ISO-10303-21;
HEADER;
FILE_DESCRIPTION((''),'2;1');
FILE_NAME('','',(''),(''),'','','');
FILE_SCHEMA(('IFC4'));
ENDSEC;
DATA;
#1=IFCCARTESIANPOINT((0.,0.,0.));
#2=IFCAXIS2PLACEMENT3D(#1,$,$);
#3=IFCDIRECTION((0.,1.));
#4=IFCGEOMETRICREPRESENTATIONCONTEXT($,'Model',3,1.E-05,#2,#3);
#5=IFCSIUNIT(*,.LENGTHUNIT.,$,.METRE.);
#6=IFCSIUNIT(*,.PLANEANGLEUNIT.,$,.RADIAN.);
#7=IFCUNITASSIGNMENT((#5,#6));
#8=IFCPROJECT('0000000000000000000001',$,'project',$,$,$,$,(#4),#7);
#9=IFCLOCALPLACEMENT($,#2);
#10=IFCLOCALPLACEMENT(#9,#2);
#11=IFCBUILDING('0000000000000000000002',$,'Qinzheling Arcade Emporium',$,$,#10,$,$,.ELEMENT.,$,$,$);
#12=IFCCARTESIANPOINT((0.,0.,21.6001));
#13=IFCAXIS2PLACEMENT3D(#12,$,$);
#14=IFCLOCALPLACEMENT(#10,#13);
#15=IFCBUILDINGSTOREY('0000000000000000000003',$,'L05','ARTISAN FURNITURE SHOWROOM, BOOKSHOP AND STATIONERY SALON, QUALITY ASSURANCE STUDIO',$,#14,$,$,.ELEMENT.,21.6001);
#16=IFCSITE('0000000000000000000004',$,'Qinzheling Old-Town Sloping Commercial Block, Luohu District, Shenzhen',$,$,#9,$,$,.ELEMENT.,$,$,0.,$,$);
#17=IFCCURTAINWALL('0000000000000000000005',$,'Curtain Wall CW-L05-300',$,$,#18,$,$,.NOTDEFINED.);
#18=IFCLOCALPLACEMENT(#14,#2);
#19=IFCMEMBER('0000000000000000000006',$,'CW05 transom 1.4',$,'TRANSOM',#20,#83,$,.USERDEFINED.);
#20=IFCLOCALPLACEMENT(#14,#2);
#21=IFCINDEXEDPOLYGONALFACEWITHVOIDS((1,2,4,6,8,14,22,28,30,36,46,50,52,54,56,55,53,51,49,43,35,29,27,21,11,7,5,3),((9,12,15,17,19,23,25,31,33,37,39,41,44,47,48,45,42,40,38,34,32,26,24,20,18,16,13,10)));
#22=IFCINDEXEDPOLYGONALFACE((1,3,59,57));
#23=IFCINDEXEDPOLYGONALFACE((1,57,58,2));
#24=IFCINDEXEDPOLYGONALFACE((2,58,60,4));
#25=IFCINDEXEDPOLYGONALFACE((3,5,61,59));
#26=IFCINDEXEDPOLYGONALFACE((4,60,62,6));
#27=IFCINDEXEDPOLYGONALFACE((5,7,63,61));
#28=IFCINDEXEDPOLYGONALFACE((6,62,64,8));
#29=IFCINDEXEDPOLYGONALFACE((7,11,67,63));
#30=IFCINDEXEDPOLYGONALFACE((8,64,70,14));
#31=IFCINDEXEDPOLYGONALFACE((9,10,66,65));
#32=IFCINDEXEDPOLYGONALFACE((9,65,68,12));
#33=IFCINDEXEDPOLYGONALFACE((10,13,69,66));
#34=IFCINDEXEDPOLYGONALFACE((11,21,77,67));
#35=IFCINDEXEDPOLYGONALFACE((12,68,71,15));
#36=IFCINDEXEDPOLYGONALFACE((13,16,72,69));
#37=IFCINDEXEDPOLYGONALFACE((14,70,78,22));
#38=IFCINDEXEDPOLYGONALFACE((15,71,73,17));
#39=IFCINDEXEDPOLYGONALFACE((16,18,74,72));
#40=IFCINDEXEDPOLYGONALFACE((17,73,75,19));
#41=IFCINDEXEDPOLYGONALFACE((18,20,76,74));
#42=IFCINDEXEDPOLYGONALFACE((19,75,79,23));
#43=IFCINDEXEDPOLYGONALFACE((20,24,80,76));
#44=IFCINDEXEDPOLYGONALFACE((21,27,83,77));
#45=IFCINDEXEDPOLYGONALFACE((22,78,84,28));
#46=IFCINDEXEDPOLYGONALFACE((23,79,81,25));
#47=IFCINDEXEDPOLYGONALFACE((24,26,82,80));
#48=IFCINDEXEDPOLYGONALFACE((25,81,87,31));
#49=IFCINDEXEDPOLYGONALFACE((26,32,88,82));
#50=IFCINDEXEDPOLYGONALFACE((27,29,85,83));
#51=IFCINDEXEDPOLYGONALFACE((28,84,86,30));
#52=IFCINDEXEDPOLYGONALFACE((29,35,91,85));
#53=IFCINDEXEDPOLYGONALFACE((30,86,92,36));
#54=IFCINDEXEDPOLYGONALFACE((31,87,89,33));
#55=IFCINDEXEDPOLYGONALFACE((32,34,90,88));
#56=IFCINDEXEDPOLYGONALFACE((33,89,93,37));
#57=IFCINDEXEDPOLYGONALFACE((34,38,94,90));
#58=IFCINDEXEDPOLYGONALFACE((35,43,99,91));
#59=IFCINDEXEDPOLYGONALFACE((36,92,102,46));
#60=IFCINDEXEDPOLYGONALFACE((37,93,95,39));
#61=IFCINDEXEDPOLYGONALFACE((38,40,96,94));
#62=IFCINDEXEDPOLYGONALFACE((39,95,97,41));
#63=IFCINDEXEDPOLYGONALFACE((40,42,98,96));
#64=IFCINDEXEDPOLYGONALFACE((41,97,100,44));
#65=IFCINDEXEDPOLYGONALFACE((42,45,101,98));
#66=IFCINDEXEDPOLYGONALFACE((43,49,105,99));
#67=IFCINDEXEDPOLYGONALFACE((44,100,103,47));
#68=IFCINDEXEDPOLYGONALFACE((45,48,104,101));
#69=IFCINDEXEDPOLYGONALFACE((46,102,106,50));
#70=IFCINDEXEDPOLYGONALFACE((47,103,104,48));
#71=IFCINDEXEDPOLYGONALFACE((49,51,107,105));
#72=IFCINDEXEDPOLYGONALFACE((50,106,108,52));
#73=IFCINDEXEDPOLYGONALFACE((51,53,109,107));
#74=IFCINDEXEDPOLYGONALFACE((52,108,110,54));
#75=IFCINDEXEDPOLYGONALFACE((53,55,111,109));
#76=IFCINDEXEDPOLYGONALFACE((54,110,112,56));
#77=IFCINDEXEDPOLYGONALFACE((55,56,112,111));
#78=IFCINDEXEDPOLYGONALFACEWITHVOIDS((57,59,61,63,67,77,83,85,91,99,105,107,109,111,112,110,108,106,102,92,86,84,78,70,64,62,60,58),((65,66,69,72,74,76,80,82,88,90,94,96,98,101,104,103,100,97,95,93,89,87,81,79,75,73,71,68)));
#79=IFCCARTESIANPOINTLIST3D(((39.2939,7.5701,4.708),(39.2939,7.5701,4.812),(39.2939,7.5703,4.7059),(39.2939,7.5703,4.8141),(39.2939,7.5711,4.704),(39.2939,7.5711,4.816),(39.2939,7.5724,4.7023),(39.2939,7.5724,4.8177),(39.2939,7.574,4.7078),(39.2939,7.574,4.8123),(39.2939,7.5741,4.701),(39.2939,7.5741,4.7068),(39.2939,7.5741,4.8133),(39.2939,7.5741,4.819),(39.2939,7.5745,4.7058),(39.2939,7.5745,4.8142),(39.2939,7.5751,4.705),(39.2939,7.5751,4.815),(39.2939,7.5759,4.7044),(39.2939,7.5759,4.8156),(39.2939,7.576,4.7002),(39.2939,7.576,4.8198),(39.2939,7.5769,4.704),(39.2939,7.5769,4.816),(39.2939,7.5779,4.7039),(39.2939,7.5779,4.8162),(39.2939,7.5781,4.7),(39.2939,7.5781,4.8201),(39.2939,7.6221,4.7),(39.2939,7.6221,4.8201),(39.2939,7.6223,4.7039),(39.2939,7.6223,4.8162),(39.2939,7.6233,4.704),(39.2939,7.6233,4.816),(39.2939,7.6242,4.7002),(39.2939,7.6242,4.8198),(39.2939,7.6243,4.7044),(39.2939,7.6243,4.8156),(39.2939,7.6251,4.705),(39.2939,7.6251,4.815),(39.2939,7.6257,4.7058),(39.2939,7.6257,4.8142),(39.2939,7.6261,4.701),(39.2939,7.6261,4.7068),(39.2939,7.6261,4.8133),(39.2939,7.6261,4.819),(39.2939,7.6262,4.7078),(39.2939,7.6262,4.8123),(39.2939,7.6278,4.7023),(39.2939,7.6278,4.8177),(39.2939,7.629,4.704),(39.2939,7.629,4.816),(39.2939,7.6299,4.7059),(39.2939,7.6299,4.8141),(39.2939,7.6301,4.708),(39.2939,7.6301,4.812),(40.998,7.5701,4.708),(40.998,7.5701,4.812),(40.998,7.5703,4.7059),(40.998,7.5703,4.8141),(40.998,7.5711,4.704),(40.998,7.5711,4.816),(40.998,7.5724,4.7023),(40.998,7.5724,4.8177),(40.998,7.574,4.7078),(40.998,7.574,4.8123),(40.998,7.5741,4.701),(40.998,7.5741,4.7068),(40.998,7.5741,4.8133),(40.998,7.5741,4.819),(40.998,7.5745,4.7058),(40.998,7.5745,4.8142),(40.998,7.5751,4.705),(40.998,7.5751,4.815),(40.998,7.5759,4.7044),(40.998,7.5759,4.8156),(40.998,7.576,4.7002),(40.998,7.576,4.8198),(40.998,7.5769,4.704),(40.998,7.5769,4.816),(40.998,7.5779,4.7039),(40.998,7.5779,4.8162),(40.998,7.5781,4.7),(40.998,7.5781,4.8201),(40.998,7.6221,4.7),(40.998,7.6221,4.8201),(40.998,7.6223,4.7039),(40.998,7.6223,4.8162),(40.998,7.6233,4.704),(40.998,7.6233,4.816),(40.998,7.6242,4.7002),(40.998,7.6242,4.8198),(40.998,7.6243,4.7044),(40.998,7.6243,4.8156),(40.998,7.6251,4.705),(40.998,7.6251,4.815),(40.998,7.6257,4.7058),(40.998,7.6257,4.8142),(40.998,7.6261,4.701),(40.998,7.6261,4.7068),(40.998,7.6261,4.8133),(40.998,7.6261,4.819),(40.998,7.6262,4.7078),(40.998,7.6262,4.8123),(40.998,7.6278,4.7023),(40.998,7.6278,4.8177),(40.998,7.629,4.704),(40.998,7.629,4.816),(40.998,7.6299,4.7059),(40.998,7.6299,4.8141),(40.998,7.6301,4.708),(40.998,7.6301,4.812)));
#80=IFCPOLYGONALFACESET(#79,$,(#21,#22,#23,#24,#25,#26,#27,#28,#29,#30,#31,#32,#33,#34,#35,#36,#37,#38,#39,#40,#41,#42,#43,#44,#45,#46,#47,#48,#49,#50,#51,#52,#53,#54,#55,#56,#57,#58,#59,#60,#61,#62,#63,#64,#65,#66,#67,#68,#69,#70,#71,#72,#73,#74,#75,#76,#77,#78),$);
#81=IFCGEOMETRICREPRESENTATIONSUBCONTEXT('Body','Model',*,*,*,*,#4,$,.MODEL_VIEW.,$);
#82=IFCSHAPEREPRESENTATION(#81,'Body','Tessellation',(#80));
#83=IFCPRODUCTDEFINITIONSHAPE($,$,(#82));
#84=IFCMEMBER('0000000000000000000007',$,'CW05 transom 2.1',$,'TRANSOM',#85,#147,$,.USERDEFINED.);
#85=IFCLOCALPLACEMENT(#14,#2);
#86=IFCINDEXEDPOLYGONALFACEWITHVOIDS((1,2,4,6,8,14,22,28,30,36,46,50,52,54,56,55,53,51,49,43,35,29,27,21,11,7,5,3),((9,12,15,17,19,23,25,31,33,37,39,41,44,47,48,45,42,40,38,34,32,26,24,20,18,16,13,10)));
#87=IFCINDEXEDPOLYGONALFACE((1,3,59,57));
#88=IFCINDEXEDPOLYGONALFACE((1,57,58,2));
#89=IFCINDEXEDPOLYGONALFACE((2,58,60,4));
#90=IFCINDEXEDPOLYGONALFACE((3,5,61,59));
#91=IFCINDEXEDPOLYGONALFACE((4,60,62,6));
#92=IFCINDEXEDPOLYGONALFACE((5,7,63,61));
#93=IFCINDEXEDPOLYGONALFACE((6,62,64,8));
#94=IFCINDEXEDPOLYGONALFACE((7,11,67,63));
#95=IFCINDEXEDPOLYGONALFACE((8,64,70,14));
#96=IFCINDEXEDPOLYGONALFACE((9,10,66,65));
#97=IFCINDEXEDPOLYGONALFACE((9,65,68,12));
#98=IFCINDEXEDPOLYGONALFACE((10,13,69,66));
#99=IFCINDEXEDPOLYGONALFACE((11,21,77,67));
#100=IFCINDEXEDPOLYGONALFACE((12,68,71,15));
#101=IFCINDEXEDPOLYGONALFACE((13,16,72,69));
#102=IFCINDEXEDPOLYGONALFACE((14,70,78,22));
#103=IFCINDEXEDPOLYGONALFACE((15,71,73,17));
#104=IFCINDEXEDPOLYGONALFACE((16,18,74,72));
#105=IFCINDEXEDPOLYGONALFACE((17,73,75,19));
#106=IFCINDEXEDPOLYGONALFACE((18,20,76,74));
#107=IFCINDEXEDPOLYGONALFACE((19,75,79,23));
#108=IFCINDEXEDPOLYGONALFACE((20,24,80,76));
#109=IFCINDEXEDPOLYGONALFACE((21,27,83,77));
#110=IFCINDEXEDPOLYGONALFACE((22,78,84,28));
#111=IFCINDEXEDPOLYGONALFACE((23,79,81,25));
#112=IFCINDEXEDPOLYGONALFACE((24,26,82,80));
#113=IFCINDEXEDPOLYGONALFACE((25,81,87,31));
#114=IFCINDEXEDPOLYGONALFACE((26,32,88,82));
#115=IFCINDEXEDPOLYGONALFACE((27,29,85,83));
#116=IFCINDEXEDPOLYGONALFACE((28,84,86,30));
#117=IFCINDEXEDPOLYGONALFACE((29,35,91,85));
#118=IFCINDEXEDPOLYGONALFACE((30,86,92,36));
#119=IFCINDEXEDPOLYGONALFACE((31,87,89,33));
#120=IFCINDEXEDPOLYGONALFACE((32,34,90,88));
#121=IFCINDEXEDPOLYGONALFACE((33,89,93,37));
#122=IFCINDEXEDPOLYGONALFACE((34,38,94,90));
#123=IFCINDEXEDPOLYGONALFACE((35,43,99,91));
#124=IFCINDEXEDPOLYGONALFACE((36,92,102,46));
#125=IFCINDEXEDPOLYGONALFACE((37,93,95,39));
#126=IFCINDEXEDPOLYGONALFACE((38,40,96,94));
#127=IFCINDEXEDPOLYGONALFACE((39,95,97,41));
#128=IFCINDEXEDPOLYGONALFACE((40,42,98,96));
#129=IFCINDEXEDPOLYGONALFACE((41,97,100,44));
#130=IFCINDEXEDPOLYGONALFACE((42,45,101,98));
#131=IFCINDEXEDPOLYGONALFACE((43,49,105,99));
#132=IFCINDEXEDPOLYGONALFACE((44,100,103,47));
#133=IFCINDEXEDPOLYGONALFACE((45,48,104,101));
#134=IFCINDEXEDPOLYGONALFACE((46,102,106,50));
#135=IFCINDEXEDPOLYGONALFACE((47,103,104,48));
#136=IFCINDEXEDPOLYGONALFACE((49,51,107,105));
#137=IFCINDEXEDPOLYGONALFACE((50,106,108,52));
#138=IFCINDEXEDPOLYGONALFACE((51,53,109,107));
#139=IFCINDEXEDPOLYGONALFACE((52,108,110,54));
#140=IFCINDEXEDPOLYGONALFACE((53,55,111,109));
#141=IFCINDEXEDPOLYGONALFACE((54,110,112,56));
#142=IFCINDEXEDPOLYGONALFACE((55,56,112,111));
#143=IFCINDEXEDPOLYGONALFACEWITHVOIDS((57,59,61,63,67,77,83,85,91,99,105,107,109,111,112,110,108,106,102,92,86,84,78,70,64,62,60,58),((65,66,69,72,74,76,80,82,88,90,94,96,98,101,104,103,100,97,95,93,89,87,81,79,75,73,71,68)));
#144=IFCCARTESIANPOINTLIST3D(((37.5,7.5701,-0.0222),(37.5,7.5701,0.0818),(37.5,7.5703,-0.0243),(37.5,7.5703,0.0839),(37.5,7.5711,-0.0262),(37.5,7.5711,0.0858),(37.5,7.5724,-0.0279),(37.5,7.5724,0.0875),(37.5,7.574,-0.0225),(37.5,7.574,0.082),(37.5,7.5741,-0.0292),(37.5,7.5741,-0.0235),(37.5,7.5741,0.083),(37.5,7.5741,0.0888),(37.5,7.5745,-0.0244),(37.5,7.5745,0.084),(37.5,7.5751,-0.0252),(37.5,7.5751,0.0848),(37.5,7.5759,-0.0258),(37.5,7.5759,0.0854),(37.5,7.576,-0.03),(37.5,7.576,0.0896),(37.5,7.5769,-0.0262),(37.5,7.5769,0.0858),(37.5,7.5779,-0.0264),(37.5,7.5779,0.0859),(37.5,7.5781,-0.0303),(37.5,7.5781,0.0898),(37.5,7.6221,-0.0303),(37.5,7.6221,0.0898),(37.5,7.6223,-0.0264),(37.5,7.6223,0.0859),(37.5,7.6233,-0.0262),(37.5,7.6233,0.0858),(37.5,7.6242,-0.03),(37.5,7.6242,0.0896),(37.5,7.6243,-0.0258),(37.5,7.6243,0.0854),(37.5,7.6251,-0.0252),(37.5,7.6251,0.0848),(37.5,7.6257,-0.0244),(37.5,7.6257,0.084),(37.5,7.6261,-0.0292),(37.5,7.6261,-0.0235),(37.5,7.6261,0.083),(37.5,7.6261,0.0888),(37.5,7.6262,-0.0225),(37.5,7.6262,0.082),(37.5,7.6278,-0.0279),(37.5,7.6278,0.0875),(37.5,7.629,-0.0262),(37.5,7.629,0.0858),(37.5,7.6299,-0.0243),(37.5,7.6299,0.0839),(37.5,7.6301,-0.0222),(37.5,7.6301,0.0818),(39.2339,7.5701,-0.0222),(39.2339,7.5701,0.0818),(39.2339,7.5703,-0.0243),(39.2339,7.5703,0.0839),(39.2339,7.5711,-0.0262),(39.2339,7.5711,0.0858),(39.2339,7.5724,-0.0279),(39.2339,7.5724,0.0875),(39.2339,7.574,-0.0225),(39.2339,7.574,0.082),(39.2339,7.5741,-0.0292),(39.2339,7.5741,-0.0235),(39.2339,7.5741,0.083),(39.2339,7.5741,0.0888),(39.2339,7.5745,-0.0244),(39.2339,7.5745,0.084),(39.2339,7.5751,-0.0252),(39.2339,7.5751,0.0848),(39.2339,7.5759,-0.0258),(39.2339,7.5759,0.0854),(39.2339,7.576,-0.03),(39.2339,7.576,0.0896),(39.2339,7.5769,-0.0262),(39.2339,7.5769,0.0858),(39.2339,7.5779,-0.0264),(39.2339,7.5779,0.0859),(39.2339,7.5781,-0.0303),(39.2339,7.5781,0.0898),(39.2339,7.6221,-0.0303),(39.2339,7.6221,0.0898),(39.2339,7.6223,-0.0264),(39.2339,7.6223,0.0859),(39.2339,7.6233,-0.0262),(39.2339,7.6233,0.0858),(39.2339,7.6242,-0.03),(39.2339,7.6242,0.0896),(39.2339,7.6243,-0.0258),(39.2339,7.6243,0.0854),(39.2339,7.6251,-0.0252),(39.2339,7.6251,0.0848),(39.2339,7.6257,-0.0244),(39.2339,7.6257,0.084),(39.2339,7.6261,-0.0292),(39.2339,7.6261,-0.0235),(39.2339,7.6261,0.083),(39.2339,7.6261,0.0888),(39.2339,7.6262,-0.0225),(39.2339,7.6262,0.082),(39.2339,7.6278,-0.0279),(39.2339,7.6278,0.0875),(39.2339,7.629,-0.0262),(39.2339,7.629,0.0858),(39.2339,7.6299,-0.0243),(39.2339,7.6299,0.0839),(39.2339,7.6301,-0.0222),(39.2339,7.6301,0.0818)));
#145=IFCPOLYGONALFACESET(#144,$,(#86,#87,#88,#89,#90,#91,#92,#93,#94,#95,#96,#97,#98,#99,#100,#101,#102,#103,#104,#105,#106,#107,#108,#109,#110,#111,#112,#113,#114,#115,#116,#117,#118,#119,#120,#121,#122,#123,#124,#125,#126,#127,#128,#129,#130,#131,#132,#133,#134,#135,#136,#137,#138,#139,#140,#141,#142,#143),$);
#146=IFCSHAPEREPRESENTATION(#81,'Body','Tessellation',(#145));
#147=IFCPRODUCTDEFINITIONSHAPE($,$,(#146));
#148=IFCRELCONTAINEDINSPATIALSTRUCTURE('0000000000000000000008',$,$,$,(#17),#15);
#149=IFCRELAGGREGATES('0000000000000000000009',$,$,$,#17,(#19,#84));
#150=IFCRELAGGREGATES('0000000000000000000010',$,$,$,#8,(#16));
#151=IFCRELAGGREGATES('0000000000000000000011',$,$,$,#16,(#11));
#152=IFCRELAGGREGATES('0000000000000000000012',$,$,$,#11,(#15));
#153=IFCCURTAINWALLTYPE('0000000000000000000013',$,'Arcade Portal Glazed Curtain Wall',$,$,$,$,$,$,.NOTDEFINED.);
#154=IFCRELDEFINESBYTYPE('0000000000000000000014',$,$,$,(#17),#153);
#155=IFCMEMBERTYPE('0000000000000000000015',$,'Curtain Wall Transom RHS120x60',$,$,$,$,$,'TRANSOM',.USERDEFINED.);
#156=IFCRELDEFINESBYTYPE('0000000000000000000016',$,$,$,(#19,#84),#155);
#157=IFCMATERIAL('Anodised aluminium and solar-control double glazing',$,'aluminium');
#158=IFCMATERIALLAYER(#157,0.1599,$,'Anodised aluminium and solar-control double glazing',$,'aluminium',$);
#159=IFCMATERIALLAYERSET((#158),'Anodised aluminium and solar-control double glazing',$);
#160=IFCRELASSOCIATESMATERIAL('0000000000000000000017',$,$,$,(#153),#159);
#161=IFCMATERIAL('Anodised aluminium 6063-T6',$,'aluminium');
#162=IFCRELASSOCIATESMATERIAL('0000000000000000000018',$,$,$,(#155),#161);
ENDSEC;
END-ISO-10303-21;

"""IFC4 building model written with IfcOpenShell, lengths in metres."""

from ifc_helpers import new_model, si_unit, direction, frame, origin, origin_2d, place, context, subcontext, project, spatial, hollow_rectangle, extrude, material, layer, layer_set, material_profile, profile_set, type_object, element, aggregate, save


model = new_model("IFC4")

# Units and contexts
model_context = context("Model", 3, precision=1e-05, world=origin(), true_north=direction((0.0, 1.0)))
body_context = subcontext(model_context, "Body", "Model", "MODEL_VIEW")
ifc_project = project(units=[si_unit("LENGTHUNIT", "METRE"), si_unit("PLANEANGLEUNIT", "RADIAN")], contexts=[model_context])

# Site, building, storey
site_placement = place(None, origin())
site = spatial("IfcSite", under=ifc_project, at=site_placement, Name="Qinzheling Old-Town Sloping Commercial Block, Luohu District, Shenzhen", CompositionType="ELEMENT", RefElevation=0.0)
building_placement = place(site_placement, origin())
building = spatial("IfcBuilding", under=site, at=building_placement, Name="Qinzheling Arcade Emporium", CompositionType="ELEMENT")
storey_placement = place(building_placement, frame((0.0, 0.0, 21.6001)))
storey = spatial("IfcBuildingStorey", under=building, at=storey_placement, Name="L05", Description="ARTISAN FURNITURE SHOWROOM, BOOKSHOP AND STATIONERY SALON, QUALITY ASSURANCE STUDIO", CompositionType="ELEMENT", Elevation=21.6001)

# Shared definitions
ifc_material_1 = material(Name="Anodised aluminium and solar-control double glazing", Category="aluminium")
ifc_layer_1 = layer(ifc_material_1, 0.1599, Name="Anodised aluminium and solar-control double glazing", Category="aluminium")
ifc_layer_set_1 = layer_set([ifc_layer_1], Name="Anodised aluminium and solar-control double glazing")
curtain_wall_type = type_object("IfcCurtainWallType", Name="Arcade Portal Glazed Curtain Wall", PredefinedType="NOTDEFINED", material=ifc_layer_set_1)
ifc_material_2 = material(Name="Anodised aluminium 6063-T6", Category="aluminium")

# Curtain wall, members
curtain_wall_1_placement = place(storey_placement, origin())
curtain_wall_1 = element("IfcCurtainWall", 1, at=curtain_wall_1_placement, inside=storey, type_object=curtain_wall_type, Name="Curtain Wall CW-L05-300", PredefinedType="NOTDEFINED")
ifc_material_profile_1 = material_profile(ifc_material_2, hollow_rectangle(XDim=0.0601, YDim=0.1201, WallThickness=0.0039, InnerFilletRadius=0.0039, OuterFilletRadius=0.0081, at=origin_2d()), Name="RHS 120x60x4", Category="aluminium")
ifc_profile_set_1 = profile_set([ifc_material_profile_1], Name="Anodised aluminium 6063-T6")
member_type_1 = type_object("IfcMemberType", Name="Curtain Wall Transom RHS120x60", ElementType="TRANSOM", PredefinedType="USERDEFINED", material=ifc_profile_set_1)
member_1_placement = place(storey_placement, frame((40.998, 7.6001, 4.76), z_axis=(-1.0, 0.0, 0.0), x_axis=(0.0, -1.0, 0.0)))
member_1 = element("IfcMember", 2, at=member_1_placement, type_object=member_type_1, Name="CW05 transom 1.4", ObjectType="TRANSOM", PredefinedType="USERDEFINED", context=body_context, shape_type="SweptSolid", body=[
    extrude(hollow_rectangle(XDim=0.0601, YDim=0.1201, WallThickness=0.0039, InnerFilletRadius=0.0039, OuterFilletRadius=0.0081, at=origin_2d()), origin(), (0.0, 0.0, 1.0), 1.7041),
])
member_2_placement = place(storey_placement, frame((39.2339, 7.6001, 0.0298), z_axis=(-1.0, 0.0, 0.0), x_axis=(0.0, -1.0, 0.0)))
member_2 = element("IfcMember", 3, at=member_2_placement, type_object=member_type_1, Name="CW05 transom 2.1", ObjectType="TRANSOM", PredefinedType="USERDEFINED", context=body_context, shape_type="SweptSolid", body=[
    extrude(hollow_rectangle(XDim=0.0601, YDim=0.1201, WallThickness=0.0039, InnerFilletRadius=0.0039, OuterFilletRadius=0.0081, at=origin_2d()), origin(), (0.0, 0.0, 1.0), 1.7339),
])
aggregate(curtain_wall_1, [member_1, member_2])

save(model, "model.ifc")
